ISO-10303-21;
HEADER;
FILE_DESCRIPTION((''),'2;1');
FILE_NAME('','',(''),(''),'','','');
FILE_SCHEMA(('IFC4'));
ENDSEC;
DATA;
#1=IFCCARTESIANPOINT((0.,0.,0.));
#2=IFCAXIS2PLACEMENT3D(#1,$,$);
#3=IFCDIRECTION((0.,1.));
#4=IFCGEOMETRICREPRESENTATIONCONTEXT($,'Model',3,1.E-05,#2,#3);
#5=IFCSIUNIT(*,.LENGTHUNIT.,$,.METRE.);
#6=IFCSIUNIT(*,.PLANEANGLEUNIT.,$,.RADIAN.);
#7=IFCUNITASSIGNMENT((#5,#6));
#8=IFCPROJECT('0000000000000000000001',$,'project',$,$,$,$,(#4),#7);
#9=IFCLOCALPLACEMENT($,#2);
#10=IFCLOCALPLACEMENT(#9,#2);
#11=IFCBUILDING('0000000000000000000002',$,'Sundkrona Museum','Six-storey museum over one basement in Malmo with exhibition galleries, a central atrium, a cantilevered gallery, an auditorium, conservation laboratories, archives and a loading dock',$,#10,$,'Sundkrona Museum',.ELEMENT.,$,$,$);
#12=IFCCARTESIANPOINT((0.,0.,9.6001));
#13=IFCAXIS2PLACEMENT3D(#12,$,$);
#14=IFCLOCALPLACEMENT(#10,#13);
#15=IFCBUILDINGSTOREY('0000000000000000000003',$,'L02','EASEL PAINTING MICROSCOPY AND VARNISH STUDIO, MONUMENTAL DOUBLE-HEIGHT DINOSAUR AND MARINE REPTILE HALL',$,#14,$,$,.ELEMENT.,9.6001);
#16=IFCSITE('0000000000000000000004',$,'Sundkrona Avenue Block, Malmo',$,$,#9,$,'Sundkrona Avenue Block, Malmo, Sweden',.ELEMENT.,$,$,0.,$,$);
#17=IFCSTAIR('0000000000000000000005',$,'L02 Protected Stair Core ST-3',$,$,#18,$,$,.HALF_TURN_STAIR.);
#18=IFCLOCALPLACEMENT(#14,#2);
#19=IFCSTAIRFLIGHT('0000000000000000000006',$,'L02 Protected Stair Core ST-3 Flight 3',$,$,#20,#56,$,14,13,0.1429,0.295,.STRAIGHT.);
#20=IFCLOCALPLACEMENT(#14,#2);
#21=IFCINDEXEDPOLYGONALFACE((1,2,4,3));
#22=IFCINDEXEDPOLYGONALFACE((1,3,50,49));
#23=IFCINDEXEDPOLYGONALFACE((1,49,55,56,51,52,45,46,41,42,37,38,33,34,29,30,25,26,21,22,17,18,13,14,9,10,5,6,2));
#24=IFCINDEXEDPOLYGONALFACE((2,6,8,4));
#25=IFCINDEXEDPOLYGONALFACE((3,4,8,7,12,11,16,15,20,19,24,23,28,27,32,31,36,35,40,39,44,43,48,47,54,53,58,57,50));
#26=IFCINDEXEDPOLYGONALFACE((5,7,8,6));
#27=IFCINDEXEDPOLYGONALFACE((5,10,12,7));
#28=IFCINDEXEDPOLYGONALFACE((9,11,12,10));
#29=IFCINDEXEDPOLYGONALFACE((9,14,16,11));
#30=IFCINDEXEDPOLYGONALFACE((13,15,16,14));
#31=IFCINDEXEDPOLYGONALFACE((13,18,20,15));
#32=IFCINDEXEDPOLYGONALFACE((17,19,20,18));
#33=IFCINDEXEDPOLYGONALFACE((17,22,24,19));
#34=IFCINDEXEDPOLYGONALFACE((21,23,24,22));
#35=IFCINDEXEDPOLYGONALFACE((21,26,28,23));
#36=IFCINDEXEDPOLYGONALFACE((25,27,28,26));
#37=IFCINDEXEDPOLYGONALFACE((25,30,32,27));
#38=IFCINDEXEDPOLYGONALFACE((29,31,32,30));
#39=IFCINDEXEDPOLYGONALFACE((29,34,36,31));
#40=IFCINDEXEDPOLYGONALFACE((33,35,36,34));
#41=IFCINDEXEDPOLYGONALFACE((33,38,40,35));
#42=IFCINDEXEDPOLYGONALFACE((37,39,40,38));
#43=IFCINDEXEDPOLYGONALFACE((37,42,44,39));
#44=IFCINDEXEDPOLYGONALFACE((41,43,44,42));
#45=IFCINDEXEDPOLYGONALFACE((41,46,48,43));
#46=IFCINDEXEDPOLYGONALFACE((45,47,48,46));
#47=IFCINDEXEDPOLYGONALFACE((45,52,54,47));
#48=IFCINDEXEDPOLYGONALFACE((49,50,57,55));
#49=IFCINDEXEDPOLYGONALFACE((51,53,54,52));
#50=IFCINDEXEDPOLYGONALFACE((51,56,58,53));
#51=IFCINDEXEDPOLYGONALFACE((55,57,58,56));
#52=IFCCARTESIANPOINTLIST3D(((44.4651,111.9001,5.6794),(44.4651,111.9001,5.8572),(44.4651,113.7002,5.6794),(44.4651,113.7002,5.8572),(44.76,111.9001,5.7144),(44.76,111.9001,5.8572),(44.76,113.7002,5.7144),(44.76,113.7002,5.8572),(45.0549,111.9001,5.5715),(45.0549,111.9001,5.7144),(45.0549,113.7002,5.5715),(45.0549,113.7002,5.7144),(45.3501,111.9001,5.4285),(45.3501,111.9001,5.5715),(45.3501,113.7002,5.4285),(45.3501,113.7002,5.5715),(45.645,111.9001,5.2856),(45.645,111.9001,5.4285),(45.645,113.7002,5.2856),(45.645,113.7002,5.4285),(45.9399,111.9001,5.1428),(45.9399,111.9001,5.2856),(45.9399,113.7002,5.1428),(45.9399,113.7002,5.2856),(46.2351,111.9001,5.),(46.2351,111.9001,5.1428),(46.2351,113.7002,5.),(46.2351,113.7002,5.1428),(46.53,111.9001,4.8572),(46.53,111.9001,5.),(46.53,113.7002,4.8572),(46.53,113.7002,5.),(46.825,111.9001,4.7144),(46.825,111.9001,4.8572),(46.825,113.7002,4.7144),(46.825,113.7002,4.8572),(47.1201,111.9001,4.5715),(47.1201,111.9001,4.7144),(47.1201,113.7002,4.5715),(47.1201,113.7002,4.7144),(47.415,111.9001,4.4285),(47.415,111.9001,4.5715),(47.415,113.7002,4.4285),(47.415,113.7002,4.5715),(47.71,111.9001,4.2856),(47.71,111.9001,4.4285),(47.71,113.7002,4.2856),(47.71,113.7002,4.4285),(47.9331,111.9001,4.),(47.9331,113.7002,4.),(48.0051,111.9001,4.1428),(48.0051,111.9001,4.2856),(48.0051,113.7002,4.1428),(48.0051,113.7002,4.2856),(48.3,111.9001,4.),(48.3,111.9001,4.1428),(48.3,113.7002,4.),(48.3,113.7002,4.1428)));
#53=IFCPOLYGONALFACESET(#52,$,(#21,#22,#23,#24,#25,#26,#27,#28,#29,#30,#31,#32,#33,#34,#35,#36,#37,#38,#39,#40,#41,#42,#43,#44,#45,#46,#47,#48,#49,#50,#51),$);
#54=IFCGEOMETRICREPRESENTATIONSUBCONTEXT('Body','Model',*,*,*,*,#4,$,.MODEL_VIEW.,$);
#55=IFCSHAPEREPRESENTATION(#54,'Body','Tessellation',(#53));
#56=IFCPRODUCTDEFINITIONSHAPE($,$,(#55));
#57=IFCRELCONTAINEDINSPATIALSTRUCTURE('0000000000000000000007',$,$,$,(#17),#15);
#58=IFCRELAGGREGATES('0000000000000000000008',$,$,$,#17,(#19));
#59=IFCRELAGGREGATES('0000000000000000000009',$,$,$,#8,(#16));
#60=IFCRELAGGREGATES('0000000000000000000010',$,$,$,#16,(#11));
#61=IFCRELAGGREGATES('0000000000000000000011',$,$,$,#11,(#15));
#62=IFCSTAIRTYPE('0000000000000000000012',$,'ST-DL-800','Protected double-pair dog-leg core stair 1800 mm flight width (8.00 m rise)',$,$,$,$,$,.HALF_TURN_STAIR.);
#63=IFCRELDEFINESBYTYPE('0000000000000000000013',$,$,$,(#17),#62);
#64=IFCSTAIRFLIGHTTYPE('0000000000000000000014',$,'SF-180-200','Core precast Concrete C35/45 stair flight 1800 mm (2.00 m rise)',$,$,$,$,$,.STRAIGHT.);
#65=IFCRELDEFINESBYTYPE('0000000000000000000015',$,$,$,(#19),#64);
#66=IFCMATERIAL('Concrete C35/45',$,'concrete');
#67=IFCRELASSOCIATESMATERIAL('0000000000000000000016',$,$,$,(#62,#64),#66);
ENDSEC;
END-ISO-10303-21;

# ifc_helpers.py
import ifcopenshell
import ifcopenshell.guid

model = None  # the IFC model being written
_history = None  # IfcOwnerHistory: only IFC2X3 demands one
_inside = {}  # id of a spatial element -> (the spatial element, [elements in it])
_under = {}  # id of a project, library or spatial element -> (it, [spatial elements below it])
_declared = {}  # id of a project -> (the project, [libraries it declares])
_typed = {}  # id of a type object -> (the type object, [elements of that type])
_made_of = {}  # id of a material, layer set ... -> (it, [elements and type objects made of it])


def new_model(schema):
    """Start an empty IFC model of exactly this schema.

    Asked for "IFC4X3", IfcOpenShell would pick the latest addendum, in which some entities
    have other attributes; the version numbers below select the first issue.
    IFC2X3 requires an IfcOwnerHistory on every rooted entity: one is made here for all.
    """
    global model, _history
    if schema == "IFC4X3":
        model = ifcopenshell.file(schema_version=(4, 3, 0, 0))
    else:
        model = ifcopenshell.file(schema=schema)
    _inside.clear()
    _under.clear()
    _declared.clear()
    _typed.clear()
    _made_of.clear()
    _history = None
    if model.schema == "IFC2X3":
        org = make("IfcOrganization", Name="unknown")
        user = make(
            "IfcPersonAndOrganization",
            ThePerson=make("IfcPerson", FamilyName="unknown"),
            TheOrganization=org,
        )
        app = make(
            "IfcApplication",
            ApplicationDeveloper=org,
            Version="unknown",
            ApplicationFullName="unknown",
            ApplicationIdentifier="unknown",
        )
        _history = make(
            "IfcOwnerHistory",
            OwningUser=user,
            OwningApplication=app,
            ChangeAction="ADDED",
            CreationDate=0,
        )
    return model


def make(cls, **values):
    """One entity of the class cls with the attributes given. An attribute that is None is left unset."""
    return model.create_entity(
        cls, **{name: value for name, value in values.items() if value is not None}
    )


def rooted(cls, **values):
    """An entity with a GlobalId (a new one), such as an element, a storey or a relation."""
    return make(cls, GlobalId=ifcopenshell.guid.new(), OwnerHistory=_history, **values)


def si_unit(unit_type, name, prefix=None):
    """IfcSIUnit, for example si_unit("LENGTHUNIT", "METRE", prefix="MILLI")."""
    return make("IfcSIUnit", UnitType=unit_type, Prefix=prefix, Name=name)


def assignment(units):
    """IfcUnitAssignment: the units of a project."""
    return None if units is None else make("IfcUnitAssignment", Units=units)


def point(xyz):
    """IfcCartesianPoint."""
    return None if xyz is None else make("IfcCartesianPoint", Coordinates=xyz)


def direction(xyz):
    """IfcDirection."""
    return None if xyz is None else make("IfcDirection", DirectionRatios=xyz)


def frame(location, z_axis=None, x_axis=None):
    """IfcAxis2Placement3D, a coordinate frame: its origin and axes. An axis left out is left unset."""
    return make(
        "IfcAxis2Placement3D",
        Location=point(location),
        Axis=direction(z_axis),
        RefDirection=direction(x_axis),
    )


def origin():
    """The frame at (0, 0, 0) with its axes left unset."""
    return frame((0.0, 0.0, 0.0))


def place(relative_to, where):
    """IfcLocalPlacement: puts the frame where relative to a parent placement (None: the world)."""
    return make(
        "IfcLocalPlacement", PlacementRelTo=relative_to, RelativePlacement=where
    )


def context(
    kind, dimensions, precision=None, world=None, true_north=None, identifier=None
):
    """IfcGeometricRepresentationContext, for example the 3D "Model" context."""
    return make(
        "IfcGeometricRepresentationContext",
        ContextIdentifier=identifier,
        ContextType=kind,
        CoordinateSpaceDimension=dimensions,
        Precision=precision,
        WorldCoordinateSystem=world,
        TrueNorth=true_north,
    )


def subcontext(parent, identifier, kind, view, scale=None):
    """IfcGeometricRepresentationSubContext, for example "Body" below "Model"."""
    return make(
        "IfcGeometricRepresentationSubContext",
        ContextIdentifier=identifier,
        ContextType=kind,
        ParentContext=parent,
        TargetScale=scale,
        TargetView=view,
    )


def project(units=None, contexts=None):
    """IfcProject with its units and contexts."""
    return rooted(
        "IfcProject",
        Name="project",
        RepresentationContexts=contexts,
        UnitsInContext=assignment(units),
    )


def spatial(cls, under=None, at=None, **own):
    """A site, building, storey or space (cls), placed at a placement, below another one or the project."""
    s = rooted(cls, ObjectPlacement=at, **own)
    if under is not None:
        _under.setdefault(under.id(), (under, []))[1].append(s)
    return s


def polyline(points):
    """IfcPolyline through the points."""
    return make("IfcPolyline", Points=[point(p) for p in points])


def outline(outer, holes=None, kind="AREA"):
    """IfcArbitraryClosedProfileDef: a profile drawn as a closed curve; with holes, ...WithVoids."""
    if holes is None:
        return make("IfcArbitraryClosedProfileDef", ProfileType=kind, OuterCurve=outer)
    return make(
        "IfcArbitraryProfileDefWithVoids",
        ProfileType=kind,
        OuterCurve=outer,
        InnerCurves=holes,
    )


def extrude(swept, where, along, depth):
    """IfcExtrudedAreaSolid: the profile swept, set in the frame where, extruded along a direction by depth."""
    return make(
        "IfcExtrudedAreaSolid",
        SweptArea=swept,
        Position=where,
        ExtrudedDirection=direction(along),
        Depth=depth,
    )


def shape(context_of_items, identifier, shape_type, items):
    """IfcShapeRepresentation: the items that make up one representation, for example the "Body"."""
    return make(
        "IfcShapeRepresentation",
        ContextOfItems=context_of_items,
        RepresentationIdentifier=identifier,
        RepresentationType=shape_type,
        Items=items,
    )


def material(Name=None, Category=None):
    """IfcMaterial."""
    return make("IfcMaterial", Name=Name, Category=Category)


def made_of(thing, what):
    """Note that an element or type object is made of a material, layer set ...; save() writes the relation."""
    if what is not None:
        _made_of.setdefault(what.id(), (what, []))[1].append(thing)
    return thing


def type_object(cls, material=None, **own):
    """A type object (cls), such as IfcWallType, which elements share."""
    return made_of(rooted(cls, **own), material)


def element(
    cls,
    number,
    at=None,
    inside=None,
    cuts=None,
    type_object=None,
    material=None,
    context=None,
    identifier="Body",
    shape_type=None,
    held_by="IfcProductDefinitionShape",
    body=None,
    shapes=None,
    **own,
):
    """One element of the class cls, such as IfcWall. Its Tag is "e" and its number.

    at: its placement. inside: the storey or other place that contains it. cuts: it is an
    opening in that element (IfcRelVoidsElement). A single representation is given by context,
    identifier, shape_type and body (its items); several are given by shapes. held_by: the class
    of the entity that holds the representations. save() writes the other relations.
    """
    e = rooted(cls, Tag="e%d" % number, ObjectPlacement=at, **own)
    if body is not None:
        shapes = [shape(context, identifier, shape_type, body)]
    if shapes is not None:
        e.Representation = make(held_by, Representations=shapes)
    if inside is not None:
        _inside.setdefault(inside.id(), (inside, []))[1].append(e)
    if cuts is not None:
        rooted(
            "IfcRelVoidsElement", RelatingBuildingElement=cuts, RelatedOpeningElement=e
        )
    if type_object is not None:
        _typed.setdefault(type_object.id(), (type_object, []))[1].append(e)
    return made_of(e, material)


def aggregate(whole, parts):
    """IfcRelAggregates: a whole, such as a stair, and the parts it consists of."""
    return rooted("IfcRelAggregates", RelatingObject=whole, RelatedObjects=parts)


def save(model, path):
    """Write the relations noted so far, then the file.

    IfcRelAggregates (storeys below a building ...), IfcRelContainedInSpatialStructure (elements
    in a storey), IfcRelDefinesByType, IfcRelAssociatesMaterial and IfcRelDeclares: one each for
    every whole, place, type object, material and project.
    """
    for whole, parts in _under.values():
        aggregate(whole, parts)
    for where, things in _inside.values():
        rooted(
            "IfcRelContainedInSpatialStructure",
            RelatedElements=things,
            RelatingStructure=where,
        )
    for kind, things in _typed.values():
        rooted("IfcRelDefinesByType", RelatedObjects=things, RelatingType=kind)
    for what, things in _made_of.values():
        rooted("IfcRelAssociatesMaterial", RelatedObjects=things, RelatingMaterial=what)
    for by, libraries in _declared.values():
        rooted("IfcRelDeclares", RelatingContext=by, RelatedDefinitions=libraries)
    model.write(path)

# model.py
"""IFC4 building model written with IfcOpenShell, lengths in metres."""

from ifc_helpers import new_model, si_unit, direction, frame, origin, place, context, subcontext, project, spatial, polyline, outline, extrude, material, type_object, element, aggregate, save


model = new_model("IFC4")

# Units and contexts
model_context = context("Model", 3, precision=1e-05, world=origin(), true_north=direction((0.0, 1.0)))
body_context = subcontext(model_context, "Body", "Model", "MODEL_VIEW")
ifc_project = project(units=[si_unit("LENGTHUNIT", "METRE"), si_unit("PLANEANGLEUNIT", "RADIAN")], contexts=[model_context])

# Site, building, storey
site_placement = place(None, origin())
site = spatial("IfcSite", under=ifc_project, at=site_placement, Name="Sundkrona Avenue Block, Malmo", LongName="Sundkrona Avenue Block, Malmo, Sweden", CompositionType="ELEMENT", RefElevation=0.0)
building_placement = place(site_placement, origin())
building = spatial("IfcBuilding", under=site, at=building_placement, Name="Sundkrona Museum", Description="Six-storey museum over one basement in Malmo with exhibition galleries, a central atrium, a cantilevered gallery, an auditorium, conservation laboratories, archives and a loading dock", LongName="Sundkrona Museum", CompositionType="ELEMENT")
storey_placement = place(building_placement, frame((0.0, 0.0, 9.6001)))
storey = spatial("IfcBuildingStorey", under=building, at=storey_placement, Name="L02", Description="EASEL PAINTING MICROSCOPY AND VARNISH STUDIO, MONUMENTAL DOUBLE-HEIGHT DINOSAUR AND MARINE REPTILE HALL", CompositionType="ELEMENT", Elevation=9.6001)

# Stair, stair flight
ifc_material_1 = material(Name="Concrete C35/45", Category="concrete")
stair_type = type_object("IfcStairType", Name="ST-DL-800", Description="Protected double-pair dog-leg core stair 1800 mm flight width (8.00 m rise)", PredefinedType="HALF_TURN_STAIR", material=ifc_material_1)
stair_placement = place(storey_placement, origin())
stair = element("IfcStair", 1, at=stair_placement, inside=storey, type_object=stair_type, Name="L02 Protected Stair Core ST-3", PredefinedType="HALF_TURN_STAIR")
stair_flight_type = type_object("IfcStairFlightType", Name="SF-180-200", Description="Core precast Concrete C35/45 stair flight 1800 mm (2.00 m rise)", PredefinedType="STRAIGHT", material=ifc_material_1)
stair_flight_1_placement = place(storey_placement, frame((48.3, 112.8, 4.0), z_axis=(0.0, 0.0, 1.0), x_axis=(-1.0, 0.0, 0.0)))
stair_flight_1 = element("IfcStairFlight", 2, at=stair_flight_1_placement, type_object=stair_flight_type, Name="L02 Protected Stair Core ST-3 Flight 3", NumberOfRisers=14, NumberOfTreads=13, PredefinedType="STRAIGHT", RiserHeight=0.1429, TreadLength=0.295, context=body_context, shape_type="SweptSolid", body=[
    extrude(outline(polyline([(0.0, 0.0), (0.0, 0.1428), (0.2949, 0.1428), (0.2949, 0.2856), (0.5901, 0.2856), (0.5901, 0.4285), (0.885, 0.4285), (0.885, 0.5715), (1.1799, 0.5715), (1.1799, 0.7144), (1.4751, 0.7144), (1.4751, 0.8572), (1.77, 0.8572), (1.77, 1.0), (2.0649, 1.0), (2.0649, 1.1428), (2.3601, 1.1428), (2.3601, 1.2856), (2.655, 1.2856), (2.655, 1.4285), (2.95, 1.4285), (2.95, 1.5715), (3.2451, 1.5715), (3.2451, 1.7144), (3.54, 1.7144), (3.54, 1.8572), (3.835, 1.8572), (3.835, 2.0), (3.835, 1.6794), (0.3669, 0.0), (0.0, 0.0)])), frame((0.0, 0.8999, 0.0), z_axis=(0.0, -1.0, 0.0), x_axis=(1.0, 0.0, 0.0)), (0.0, 0.0, 1.0), 1.8),
])
aggregate(stair, [stair_flight_1])

save(model, "model.ifc")
